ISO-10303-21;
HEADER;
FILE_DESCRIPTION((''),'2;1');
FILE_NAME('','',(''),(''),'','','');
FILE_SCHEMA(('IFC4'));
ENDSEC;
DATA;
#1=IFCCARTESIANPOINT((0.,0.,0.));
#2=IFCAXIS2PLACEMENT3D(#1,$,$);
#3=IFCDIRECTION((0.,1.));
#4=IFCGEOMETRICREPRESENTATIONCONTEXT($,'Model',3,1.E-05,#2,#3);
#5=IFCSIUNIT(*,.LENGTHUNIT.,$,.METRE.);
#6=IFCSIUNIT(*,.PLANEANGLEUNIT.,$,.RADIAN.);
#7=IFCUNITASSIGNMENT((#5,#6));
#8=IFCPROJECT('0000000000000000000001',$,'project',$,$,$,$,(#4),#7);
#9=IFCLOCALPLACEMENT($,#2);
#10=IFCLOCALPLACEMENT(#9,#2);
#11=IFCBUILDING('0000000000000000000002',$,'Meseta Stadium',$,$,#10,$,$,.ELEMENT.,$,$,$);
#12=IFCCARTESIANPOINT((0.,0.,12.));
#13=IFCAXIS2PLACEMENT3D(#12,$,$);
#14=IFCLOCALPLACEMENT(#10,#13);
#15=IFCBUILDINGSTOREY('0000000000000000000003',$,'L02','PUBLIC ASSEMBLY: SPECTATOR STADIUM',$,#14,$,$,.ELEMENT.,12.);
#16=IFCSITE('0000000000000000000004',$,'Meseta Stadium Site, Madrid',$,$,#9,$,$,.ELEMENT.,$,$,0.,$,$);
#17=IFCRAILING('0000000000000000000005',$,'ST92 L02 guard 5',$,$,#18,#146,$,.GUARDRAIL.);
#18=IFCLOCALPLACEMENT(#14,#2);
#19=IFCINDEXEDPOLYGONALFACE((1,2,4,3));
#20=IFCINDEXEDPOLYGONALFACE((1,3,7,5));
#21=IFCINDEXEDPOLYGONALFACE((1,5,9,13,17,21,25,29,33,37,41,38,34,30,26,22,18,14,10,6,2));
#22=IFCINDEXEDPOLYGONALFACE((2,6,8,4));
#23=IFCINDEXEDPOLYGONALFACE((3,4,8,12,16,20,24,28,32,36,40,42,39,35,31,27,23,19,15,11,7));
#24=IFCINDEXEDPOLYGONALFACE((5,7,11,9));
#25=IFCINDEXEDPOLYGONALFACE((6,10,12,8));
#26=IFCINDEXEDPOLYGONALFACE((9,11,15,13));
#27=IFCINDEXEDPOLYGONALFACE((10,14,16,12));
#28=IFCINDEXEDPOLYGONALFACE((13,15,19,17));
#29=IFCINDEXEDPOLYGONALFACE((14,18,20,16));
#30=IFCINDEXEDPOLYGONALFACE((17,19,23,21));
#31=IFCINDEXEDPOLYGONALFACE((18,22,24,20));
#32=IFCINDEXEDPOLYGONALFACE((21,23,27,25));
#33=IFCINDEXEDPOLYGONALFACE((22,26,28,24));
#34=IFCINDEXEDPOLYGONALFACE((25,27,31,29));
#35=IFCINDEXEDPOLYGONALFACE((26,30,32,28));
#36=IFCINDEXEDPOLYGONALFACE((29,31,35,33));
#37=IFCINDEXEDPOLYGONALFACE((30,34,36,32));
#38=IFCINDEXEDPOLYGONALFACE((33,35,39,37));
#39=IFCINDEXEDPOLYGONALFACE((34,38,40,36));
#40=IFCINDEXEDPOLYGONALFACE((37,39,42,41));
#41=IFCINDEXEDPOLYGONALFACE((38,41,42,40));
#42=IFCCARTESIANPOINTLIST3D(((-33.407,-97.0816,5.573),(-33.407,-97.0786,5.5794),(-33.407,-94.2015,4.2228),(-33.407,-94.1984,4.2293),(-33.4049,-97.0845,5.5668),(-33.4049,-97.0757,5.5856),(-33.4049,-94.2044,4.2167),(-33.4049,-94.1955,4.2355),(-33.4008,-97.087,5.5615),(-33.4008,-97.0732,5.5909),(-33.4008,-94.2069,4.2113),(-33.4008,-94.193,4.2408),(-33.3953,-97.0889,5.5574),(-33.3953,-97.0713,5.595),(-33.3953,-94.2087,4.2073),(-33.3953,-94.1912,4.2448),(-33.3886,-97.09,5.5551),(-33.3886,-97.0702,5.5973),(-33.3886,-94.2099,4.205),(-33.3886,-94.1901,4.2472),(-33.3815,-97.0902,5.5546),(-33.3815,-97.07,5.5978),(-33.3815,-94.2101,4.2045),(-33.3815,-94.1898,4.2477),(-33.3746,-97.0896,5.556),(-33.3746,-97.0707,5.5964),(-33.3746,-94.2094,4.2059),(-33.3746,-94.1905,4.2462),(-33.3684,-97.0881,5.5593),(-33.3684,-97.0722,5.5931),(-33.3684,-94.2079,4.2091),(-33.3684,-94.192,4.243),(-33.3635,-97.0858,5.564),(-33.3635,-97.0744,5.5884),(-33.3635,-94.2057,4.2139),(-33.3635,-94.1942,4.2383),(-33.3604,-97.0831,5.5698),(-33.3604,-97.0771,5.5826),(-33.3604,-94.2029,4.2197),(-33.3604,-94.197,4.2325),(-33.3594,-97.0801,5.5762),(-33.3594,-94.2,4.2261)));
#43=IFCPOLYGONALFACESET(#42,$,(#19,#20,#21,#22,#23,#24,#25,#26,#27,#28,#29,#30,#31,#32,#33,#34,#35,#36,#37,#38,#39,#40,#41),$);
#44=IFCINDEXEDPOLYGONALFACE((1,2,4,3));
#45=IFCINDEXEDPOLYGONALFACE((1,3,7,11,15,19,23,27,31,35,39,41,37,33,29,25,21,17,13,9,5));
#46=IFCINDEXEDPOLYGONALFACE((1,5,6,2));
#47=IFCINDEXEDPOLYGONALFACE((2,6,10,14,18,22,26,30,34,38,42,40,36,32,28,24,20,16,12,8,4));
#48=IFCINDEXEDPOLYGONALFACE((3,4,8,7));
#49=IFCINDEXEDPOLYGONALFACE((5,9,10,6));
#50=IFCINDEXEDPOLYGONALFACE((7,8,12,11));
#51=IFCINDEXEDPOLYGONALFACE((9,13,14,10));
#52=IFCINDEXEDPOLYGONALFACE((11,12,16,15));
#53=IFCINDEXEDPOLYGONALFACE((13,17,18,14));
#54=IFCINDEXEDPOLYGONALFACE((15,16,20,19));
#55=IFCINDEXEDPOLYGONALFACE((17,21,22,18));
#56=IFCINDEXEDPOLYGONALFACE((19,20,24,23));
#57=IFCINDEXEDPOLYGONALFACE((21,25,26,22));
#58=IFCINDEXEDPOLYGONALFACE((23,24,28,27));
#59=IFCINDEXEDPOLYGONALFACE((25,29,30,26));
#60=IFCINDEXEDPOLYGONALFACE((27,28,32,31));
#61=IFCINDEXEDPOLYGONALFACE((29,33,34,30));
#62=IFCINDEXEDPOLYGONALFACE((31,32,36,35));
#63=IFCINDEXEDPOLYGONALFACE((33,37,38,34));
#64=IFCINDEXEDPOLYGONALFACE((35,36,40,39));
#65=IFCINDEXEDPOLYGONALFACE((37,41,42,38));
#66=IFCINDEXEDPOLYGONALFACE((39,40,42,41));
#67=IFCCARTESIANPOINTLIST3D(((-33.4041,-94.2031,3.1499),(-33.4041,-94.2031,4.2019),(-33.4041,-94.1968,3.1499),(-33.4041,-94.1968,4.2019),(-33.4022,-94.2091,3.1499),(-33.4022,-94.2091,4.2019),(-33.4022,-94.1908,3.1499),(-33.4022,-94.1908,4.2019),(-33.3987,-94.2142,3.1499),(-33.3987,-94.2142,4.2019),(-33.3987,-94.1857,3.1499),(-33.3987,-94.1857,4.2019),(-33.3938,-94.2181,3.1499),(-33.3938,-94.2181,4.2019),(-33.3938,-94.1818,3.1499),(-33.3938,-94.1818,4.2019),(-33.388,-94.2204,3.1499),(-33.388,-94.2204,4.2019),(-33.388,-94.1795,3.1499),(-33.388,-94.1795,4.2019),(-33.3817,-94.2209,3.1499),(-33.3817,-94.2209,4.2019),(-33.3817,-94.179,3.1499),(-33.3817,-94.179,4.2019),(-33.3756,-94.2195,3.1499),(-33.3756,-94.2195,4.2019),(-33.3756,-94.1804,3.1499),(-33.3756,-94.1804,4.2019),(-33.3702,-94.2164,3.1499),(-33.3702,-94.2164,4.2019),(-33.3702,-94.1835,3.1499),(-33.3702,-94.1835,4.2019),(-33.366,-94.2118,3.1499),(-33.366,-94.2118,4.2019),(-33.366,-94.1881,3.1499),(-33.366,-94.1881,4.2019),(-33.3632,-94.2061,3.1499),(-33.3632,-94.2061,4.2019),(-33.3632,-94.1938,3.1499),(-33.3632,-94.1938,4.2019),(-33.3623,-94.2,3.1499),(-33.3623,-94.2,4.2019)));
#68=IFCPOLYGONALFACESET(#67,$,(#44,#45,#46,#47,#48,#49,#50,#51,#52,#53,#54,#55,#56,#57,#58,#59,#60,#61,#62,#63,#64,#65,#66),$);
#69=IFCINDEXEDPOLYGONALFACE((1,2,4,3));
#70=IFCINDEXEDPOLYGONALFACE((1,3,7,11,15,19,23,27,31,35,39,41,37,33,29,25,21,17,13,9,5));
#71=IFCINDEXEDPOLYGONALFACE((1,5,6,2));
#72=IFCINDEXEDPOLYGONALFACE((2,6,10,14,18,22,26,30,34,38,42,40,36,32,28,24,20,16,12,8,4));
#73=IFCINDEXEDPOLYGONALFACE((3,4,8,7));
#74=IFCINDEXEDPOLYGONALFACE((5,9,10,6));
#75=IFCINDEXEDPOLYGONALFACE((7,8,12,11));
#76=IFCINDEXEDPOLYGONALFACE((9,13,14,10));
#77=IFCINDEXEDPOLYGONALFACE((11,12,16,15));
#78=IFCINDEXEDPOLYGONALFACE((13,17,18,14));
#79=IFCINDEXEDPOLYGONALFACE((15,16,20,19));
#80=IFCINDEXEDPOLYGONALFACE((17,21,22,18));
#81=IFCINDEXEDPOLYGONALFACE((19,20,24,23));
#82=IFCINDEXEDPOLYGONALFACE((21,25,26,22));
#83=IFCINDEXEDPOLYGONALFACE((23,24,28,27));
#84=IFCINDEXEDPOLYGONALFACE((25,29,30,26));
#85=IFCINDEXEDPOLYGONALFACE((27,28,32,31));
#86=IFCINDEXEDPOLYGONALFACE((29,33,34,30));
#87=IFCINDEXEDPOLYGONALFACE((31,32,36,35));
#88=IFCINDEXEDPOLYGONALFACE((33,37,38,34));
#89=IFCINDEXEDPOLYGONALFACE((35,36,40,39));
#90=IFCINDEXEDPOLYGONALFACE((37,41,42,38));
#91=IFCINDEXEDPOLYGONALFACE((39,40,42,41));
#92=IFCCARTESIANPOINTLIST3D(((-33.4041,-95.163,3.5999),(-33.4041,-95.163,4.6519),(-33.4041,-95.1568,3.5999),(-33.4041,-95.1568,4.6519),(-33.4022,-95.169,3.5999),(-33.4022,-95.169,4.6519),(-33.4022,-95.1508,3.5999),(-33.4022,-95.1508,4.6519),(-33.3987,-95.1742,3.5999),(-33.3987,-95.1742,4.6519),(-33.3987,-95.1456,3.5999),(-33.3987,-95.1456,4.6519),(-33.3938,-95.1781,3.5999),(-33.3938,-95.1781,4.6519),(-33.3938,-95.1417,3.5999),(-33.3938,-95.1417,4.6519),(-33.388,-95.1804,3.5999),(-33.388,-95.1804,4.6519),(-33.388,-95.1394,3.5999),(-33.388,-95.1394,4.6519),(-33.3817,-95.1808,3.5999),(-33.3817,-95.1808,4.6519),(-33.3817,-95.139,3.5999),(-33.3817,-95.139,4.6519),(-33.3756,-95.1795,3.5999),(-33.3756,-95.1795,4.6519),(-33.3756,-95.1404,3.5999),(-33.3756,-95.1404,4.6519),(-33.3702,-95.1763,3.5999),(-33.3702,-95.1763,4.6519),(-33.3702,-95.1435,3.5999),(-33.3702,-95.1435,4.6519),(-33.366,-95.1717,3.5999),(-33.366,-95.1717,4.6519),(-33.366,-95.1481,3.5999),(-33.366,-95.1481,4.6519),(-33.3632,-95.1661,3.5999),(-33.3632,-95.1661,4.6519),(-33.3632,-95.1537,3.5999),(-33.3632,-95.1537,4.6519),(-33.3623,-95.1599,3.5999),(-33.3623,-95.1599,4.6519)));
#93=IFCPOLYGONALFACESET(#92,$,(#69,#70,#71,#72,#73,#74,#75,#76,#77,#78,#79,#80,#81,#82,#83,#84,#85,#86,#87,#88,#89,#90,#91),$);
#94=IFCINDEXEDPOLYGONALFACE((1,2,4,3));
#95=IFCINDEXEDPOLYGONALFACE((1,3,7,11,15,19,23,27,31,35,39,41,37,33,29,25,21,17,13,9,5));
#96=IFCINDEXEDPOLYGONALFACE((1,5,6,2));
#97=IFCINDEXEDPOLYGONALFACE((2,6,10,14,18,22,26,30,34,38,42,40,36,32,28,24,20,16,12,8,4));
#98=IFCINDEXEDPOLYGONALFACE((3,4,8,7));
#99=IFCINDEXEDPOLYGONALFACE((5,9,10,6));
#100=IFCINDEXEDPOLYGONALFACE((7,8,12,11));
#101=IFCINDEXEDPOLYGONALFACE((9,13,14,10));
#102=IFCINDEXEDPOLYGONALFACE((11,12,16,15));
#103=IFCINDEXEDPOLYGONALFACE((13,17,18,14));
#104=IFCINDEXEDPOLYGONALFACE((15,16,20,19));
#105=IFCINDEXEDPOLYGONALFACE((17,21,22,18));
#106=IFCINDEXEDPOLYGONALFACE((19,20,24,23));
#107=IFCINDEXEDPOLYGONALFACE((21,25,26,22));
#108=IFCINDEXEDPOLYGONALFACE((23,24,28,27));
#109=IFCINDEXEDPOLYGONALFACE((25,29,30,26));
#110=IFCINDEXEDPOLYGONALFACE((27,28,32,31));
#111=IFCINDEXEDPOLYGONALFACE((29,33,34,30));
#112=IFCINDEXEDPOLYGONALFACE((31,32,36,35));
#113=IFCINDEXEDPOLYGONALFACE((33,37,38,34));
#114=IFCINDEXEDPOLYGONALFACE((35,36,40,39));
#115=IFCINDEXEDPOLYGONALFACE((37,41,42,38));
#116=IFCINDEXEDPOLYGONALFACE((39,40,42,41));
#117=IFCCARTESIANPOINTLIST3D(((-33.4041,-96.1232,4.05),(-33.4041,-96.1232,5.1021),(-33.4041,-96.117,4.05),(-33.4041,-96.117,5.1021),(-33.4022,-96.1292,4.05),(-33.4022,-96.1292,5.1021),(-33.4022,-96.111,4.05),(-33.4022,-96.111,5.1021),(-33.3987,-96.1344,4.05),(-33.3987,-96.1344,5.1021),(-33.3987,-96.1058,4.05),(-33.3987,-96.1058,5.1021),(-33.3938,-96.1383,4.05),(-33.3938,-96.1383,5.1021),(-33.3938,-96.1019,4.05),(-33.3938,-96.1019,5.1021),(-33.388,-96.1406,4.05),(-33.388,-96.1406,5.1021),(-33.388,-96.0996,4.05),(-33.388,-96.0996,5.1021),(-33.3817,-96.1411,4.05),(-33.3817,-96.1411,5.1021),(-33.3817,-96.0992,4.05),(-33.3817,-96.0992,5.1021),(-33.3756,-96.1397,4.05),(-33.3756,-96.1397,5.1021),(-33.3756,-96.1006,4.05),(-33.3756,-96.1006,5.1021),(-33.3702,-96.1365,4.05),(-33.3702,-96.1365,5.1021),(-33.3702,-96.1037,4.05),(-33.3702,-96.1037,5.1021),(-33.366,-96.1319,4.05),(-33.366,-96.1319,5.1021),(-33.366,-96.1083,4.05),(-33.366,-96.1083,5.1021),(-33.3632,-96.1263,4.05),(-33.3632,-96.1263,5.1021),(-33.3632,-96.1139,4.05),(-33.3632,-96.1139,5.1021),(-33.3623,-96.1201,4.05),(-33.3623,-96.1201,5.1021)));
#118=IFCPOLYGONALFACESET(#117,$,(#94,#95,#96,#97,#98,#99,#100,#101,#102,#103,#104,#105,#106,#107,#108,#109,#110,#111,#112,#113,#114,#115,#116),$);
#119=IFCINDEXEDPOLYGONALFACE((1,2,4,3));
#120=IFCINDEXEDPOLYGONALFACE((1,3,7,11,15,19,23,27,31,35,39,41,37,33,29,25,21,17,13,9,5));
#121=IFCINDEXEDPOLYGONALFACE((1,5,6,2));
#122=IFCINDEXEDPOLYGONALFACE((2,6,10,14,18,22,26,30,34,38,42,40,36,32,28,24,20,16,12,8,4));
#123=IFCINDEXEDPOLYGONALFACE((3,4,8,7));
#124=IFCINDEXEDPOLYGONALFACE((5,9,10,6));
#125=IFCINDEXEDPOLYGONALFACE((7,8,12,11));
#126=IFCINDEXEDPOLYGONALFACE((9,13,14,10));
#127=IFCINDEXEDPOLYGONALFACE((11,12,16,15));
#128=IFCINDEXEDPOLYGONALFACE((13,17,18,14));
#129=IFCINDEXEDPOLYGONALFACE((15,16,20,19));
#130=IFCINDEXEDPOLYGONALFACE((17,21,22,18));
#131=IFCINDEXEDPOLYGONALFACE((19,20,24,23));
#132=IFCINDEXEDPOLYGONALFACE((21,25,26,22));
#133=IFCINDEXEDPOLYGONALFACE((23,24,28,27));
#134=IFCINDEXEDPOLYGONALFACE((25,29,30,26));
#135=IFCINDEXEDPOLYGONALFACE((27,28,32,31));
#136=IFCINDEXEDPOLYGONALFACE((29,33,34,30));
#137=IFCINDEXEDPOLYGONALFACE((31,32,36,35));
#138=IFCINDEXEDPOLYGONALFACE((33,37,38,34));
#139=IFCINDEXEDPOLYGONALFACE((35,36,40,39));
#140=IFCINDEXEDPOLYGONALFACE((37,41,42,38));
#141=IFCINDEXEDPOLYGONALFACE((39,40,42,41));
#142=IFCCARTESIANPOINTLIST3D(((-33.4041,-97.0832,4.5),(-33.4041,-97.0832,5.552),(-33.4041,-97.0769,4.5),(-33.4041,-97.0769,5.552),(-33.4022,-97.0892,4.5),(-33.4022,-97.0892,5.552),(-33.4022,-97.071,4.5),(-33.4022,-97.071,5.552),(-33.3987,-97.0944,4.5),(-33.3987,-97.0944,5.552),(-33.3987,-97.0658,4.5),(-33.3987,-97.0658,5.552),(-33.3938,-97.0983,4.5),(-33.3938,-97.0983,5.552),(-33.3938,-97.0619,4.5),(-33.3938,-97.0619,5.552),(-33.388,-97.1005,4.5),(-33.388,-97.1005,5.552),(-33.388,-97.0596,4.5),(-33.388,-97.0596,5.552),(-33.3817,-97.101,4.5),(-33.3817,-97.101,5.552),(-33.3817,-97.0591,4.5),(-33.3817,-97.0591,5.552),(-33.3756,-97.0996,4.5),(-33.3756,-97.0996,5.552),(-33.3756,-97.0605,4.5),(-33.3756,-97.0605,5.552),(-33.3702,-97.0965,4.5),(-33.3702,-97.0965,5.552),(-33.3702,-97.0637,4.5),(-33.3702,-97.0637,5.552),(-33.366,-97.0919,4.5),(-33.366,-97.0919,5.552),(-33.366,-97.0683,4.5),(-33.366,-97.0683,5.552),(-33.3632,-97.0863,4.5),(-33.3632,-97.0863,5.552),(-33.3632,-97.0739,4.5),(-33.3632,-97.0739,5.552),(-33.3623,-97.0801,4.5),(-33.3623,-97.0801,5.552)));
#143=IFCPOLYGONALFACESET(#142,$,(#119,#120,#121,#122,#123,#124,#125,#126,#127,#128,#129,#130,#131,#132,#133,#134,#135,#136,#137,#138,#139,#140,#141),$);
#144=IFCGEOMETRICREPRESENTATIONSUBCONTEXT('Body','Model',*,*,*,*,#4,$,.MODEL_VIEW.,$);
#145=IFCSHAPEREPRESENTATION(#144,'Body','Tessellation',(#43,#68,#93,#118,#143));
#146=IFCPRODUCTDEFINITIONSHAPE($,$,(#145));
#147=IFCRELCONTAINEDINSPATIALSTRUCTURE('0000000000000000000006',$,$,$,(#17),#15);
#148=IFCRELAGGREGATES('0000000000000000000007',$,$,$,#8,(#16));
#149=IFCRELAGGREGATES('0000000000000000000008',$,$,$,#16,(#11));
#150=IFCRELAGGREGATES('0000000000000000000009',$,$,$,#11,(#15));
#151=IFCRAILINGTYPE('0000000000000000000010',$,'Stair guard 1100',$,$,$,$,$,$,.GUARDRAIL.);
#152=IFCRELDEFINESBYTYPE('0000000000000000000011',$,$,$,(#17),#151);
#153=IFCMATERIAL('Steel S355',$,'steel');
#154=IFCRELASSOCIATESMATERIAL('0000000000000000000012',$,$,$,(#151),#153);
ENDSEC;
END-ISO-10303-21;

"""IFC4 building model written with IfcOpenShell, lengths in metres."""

from ifc_helpers import new_model, si_unit, direction, frame, origin, origin_2d, place, context, subcontext, project, spatial, circle, extrude, material, type_object, element, save


model = new_model("IFC4")

# Units and contexts
model_context = context("Model", 3, precision=1e-05, world=origin(), true_north=direction((0.0, 1.0)))
body_context = subcontext(model_context, "Body", "Model", "MODEL_VIEW")
ifc_project = project(units=[si_unit("LENGTHUNIT", "METRE"), si_unit("PLANEANGLEUNIT", "RADIAN")], contexts=[model_context])

# Site, building, storey
site_placement = place(None, origin())
site = spatial("IfcSite", under=ifc_project, at=site_placement, Name="Meseta Stadium Site, Madrid", CompositionType="ELEMENT", RefElevation=0.0)
building_placement = place(site_placement, origin())
building = spatial("IfcBuilding", under=site, at=building_placement, Name="Meseta Stadium", CompositionType="ELEMENT")
storey_placement = place(building_placement, frame((0.0, 0.0, 12.0)))
storey = spatial("IfcBuildingStorey", under=building, at=storey_placement, Name="L02", Description="PUBLIC ASSEMBLY: SPECTATOR STADIUM", CompositionType="ELEMENT", Elevation=12.0)

# Railing
ifc_material_1 = material(Name="Steel S355", Category="steel")
railing_type_1 = type_object("IfcRailingType", Name="Stair guard 1100", PredefinedType="GUARDRAIL", material=ifc_material_1)
railing_1_placement = place(storey_placement, frame((-33.3833, -94.2, 3.1499)))
element("IfcRailing", 1, at=railing_1_placement, inside=storey, type_object=railing_type_1, Name="ST92 L02 guard 5", PredefinedType="GUARDRAIL", context=body_context, shape_type="SweptSolid", body=[
    extrude(circle(Radius=0.0239, at=origin_2d()), frame((0.0, 0.0, 1.0762), z_axis=(0.0, -0.905454, 0.424444), x_axis=(1.0, 0.0, 0.0)), (0.0, 0.0, 1.0), 3.1809),
    extrude(circle(Radius=0.021, at=origin_2d()), origin(), (0.0, 0.0, 1.0), 1.052),
    extrude(circle(Radius=0.021, at=origin_2d()), frame((0.0, -0.96, 0.45)), (0.0, 0.0, 1.0), 1.052),
    extrude(circle(Radius=0.021, at=origin_2d()), frame((0.0, -1.9202, 0.9001)), (0.0, 0.0, 1.0), 1.052),
    extrude(circle(Radius=0.021, at=origin_2d()), frame((0.0, -2.8801, 1.3501)), (0.0, 0.0, 1.0), 1.052),
])

save(model, "model.ifc")
